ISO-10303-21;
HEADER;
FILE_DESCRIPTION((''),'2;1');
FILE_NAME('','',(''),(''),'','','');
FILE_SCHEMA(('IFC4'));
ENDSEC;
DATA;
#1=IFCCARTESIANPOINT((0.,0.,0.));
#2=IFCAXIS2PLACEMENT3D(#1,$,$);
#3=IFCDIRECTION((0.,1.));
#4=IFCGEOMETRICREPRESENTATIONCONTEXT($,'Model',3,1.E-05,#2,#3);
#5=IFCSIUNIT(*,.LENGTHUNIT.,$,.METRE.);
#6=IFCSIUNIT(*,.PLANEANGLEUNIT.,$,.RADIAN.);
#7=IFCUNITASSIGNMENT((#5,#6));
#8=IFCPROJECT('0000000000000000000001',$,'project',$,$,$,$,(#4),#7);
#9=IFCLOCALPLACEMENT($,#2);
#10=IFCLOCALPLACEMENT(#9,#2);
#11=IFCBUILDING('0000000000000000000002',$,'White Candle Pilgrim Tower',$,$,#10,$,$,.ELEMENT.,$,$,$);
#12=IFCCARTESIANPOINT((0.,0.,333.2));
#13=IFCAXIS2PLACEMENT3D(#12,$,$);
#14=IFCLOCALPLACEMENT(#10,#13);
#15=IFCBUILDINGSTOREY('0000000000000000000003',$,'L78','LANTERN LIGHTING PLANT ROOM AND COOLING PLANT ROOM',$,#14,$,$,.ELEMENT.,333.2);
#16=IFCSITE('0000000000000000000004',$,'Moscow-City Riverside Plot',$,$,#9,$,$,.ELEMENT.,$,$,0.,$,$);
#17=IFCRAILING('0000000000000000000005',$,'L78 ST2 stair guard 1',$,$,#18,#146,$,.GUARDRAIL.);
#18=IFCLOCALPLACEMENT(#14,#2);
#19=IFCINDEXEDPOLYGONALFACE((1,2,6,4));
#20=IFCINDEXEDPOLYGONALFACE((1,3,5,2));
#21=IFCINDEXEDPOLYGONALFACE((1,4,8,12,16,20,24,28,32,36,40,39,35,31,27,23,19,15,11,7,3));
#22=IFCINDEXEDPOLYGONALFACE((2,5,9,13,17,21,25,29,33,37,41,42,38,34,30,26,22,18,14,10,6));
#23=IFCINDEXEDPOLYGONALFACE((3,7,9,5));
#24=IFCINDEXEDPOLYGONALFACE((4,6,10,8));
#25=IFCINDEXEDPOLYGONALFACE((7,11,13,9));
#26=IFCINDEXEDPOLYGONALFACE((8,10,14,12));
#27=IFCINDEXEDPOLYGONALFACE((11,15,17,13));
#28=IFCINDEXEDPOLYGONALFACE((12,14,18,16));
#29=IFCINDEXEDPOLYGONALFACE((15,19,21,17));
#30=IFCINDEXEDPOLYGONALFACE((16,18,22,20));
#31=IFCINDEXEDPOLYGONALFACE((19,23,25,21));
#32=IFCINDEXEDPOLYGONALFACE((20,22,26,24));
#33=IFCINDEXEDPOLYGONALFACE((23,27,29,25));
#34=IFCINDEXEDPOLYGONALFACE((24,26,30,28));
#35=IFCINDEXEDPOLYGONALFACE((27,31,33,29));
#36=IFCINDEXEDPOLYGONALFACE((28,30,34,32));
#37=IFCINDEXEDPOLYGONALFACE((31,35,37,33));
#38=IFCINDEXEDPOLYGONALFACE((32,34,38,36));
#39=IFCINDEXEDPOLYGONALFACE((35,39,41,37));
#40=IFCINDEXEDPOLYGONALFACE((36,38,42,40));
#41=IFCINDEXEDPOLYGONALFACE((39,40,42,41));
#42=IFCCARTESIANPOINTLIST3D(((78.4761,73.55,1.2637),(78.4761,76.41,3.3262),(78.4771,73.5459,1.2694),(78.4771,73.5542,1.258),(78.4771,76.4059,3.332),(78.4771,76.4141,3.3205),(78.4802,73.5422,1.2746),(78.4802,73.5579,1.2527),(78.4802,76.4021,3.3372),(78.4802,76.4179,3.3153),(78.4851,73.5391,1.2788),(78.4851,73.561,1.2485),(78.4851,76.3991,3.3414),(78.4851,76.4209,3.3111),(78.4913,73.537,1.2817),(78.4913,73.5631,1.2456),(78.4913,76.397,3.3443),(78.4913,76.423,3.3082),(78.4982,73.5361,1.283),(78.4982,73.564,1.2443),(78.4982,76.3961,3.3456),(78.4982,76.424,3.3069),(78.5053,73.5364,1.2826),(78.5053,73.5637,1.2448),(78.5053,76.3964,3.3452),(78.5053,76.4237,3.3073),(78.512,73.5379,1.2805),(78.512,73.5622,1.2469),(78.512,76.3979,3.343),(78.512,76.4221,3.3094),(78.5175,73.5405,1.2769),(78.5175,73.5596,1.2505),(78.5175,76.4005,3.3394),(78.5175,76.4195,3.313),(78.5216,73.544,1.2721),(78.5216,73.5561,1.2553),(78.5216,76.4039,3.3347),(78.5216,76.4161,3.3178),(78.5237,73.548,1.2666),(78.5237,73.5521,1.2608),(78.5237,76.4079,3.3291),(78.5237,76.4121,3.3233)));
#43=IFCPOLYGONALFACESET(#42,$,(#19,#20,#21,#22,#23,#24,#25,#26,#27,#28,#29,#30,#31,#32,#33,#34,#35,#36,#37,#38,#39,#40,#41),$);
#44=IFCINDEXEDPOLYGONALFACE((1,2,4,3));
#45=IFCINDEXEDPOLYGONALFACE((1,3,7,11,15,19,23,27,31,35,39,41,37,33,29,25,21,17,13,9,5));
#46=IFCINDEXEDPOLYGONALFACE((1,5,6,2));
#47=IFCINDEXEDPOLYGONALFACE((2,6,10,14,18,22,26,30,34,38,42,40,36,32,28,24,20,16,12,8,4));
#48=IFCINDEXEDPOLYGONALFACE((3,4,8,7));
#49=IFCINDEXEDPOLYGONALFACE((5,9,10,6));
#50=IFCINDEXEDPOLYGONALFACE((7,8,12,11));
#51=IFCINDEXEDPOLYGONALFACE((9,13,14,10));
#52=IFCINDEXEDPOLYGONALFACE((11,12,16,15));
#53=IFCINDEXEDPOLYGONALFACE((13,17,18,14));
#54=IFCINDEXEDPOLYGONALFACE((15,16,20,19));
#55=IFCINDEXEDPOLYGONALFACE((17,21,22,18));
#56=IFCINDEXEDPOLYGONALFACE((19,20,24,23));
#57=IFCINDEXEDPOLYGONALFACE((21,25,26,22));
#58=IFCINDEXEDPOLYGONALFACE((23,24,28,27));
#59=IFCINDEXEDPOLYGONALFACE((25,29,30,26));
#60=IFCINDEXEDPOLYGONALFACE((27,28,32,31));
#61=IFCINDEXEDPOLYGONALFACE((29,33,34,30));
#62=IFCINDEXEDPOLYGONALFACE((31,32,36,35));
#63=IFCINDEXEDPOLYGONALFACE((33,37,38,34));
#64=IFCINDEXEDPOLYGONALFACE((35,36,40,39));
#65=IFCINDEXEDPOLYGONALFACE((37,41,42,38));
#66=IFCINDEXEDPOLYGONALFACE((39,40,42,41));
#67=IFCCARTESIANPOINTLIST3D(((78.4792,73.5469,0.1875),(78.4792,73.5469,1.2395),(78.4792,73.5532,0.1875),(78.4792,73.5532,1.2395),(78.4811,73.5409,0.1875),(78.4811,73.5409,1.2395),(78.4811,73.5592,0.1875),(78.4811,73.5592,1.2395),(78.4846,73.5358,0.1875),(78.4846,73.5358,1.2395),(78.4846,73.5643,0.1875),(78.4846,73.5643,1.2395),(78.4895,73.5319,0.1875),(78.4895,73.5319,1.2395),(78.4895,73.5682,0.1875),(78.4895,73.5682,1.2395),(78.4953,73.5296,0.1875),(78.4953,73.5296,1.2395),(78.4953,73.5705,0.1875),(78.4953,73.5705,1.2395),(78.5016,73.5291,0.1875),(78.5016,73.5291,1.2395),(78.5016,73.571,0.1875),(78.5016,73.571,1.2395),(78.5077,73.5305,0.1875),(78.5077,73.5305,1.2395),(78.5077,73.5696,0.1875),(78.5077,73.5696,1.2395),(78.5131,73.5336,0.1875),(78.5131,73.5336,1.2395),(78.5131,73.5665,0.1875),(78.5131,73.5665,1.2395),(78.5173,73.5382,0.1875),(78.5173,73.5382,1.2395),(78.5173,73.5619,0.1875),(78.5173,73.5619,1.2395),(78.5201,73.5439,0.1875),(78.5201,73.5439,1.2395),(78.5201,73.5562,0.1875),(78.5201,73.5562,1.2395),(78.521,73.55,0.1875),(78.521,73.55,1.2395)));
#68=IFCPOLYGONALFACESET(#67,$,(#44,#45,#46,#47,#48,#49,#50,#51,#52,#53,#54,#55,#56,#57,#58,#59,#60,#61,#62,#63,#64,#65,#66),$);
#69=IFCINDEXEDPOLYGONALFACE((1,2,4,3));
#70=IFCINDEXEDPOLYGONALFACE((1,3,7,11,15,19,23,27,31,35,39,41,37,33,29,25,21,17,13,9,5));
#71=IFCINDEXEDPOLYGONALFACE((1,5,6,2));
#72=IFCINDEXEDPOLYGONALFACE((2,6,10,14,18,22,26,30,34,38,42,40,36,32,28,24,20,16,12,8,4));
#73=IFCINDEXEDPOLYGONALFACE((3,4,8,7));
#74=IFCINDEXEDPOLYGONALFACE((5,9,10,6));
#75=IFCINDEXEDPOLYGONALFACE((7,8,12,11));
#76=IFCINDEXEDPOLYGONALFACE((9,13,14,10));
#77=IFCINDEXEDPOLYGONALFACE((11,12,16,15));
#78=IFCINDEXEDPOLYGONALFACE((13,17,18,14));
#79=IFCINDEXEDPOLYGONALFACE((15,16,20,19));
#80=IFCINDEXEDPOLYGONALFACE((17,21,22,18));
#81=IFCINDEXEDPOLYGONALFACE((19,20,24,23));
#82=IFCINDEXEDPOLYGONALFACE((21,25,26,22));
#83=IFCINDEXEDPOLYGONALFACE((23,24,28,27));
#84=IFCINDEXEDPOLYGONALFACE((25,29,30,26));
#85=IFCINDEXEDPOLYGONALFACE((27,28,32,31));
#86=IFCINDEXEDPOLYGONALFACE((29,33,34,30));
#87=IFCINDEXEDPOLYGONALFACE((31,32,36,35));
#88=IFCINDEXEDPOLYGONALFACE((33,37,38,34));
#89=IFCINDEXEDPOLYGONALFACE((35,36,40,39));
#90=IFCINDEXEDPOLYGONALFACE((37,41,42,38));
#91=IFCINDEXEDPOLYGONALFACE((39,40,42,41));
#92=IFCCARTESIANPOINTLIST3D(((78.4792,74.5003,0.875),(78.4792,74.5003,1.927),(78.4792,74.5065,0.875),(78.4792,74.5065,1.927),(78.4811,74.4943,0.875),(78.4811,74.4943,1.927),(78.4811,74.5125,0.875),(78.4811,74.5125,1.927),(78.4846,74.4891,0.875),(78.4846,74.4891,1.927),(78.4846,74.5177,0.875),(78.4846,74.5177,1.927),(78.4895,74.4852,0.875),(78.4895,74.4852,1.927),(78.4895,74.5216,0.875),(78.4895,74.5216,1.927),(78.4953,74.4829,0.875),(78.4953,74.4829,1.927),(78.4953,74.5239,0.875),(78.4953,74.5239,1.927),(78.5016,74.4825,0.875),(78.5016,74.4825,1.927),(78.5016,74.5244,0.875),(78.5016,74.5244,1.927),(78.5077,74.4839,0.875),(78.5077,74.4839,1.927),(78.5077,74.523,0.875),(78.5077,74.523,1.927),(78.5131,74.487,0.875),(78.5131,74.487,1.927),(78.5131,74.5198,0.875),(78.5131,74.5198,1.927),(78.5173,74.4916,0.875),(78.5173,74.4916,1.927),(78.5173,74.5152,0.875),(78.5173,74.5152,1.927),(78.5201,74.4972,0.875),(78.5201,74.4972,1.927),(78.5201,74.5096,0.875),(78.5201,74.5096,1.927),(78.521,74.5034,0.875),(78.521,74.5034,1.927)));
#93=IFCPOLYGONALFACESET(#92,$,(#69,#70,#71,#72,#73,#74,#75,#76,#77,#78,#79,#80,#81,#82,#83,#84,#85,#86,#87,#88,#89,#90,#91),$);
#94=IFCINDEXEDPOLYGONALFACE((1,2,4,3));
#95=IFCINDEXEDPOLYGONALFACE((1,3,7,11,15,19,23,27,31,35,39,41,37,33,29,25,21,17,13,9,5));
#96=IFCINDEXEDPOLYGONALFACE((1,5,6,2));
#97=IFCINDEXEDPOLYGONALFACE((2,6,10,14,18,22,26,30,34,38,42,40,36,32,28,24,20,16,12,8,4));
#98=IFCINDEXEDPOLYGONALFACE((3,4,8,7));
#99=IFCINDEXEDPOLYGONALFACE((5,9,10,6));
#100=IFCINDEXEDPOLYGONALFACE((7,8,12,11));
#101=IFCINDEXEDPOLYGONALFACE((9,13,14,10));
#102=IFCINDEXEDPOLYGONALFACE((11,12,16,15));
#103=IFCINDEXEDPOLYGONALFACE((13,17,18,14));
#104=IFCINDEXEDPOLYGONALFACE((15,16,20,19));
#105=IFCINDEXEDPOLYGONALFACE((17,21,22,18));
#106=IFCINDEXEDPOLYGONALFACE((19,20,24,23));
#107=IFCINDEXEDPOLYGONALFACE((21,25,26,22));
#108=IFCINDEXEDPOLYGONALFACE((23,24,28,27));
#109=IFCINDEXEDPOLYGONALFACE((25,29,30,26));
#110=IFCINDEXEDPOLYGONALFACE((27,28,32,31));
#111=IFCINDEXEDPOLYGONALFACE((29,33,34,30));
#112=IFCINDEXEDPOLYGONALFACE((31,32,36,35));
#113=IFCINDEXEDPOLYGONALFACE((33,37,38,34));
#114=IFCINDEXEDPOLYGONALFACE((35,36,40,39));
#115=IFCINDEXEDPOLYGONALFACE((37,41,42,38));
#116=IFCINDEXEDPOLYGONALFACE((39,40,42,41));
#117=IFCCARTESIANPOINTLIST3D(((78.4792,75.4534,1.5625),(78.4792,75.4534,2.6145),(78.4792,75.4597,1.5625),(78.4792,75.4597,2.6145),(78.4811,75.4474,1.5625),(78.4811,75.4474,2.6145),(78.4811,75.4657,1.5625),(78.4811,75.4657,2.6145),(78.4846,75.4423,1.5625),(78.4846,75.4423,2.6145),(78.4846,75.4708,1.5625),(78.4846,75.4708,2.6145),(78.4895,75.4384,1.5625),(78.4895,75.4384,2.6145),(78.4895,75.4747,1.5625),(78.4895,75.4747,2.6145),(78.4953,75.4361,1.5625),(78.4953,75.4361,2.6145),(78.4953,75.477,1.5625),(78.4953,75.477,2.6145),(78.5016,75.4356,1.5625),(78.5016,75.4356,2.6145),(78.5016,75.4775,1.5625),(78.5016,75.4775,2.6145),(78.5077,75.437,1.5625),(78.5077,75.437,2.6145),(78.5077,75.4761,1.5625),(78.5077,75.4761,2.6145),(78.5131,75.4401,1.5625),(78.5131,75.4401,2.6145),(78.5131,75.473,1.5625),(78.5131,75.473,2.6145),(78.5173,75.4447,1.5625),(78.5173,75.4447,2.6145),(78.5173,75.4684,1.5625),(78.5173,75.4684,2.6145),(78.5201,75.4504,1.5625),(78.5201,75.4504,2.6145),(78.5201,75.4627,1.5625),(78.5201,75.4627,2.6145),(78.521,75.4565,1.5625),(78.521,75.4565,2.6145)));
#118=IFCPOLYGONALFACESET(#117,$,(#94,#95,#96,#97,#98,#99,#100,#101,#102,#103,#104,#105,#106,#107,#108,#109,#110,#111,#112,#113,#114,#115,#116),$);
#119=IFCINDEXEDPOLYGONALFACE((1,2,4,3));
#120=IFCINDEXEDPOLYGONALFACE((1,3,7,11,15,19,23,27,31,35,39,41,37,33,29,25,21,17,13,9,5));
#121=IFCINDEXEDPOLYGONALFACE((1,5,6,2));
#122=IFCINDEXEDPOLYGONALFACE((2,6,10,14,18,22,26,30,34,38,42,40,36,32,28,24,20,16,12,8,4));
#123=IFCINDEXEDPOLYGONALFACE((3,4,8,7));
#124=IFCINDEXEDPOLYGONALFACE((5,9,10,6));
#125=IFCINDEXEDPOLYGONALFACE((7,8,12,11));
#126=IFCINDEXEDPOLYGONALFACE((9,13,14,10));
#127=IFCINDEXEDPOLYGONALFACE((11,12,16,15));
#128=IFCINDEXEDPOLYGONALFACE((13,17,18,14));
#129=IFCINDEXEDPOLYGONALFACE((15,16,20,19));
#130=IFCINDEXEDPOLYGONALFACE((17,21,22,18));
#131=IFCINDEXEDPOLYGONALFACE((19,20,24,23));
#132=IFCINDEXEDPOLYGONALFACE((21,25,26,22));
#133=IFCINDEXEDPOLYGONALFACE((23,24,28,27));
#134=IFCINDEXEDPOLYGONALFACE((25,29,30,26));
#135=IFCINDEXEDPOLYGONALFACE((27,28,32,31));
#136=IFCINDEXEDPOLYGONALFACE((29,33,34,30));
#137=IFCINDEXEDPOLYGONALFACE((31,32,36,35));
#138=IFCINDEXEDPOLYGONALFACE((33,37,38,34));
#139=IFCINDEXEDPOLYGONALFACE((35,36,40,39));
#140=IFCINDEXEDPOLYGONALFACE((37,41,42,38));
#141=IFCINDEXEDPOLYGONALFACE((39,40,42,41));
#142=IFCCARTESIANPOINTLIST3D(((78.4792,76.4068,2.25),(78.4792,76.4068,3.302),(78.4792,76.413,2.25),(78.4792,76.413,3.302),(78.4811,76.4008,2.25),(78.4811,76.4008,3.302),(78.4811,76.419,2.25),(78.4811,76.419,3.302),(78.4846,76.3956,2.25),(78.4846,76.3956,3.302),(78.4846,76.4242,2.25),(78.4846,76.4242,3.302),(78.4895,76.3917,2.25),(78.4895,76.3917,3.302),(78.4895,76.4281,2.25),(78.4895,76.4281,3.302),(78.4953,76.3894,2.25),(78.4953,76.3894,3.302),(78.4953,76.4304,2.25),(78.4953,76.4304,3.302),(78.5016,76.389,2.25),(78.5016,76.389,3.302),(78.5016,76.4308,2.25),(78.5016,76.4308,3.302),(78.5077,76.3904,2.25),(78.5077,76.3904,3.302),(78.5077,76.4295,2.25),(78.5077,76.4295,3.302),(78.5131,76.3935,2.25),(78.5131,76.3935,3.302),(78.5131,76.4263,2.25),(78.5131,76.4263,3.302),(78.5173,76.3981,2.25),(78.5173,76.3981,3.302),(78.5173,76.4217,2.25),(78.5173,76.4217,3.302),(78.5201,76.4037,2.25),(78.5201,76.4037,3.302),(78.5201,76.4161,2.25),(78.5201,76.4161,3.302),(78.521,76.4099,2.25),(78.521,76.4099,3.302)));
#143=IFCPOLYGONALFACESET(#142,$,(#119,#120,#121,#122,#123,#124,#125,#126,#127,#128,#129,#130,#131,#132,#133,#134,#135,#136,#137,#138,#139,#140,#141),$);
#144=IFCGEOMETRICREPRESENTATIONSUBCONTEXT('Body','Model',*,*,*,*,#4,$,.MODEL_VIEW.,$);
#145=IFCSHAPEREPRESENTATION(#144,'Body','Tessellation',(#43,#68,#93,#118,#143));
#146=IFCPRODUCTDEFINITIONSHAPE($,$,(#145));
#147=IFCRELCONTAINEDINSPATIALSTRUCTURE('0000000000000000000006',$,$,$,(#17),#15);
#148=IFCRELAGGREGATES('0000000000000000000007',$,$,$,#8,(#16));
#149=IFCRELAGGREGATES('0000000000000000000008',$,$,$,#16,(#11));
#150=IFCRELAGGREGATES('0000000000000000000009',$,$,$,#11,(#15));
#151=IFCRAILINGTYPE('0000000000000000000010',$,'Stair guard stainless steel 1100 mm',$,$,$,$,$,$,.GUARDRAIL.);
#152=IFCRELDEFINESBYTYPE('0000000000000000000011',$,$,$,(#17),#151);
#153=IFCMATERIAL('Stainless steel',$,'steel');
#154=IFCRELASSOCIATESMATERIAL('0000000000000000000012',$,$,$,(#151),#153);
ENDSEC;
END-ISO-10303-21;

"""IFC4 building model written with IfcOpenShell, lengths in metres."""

from ifc_helpers import new_model, si_unit, direction, frame, origin, origin_2d, place, context, subcontext, project, spatial, circle, extrude, material, type_object, element, save


model = new_model("IFC4")

# Units and contexts
model_context = context("Model", 3, precision=1e-05, world=origin(), true_north=direction((0.0, 1.0)))
body_context = subcontext(model_context, "Body", "Model", "MODEL_VIEW")
ifc_project = project(units=[si_unit("LENGTHUNIT", "METRE"), si_unit("PLANEANGLEUNIT", "RADIAN")], contexts=[model_context])

# Site, building, storey
site_placement = place(None, origin())
site = spatial("IfcSite", under=ifc_project, at=site_placement, Name="Moscow-City Riverside Plot", CompositionType="ELEMENT", RefElevation=0.0)
building_placement = place(site_placement, origin())
building = spatial("IfcBuilding", under=site, at=building_placement, Name="White Candle Pilgrim Tower", CompositionType="ELEMENT")
storey_placement = place(building_placement, frame((0.0, 0.0, 333.2)))
storey = spatial("IfcBuildingStorey", under=building, at=storey_placement, Name="L78", Description="LANTERN LIGHTING PLANT ROOM AND COOLING PLANT ROOM", CompositionType="ELEMENT", Elevation=333.2)

# Railing
ifc_material_1 = material(Name="Stainless steel", Category="steel")
railing_type_1 = type_object("IfcRailingType", Name="Stair guard stainless steel 1100 mm", PredefinedType="GUARDRAIL", material=ifc_material_1)
railing_1_placement = place(storey_placement, frame((78.5, 73.55, 0.1875)))
element("IfcRailing", 1, at=railing_1_placement, inside=storey, type_object=railing_type_1, Name="L78 ST2 stair guard 1", PredefinedType="GUARDRAIL", context=body_context, shape_type="SweptSolid", body=[
    extrude(circle(Radius=0.0239, at=origin_2d()), frame((0.0, 0.0, 1.0762), z_axis=(0.0, 0.811077, 0.584939), x_axis=(-1.0, 0.0, 0.0)), (0.0, 0.0, 1.0), 3.5261),
    extrude(circle(Radius=0.021, at=origin_2d()), origin(), (0.0, 0.0, 1.0), 1.052),
    extrude(circle(Radius=0.021, at=origin_2d()), frame((0.0, 0.9534, 0.6875)), (0.0, 0.0, 1.0), 1.052),
    extrude(circle(Radius=0.021, at=origin_2d()), frame((0.0, 1.9065, 1.375)), (0.0, 0.0, 1.0), 1.052),
    extrude(circle(Radius=0.021, at=origin_2d()), frame((0.0, 2.8599, 2.0625)), (0.0, 0.0, 1.0), 1.052),
])

save(model, "model.ifc")
